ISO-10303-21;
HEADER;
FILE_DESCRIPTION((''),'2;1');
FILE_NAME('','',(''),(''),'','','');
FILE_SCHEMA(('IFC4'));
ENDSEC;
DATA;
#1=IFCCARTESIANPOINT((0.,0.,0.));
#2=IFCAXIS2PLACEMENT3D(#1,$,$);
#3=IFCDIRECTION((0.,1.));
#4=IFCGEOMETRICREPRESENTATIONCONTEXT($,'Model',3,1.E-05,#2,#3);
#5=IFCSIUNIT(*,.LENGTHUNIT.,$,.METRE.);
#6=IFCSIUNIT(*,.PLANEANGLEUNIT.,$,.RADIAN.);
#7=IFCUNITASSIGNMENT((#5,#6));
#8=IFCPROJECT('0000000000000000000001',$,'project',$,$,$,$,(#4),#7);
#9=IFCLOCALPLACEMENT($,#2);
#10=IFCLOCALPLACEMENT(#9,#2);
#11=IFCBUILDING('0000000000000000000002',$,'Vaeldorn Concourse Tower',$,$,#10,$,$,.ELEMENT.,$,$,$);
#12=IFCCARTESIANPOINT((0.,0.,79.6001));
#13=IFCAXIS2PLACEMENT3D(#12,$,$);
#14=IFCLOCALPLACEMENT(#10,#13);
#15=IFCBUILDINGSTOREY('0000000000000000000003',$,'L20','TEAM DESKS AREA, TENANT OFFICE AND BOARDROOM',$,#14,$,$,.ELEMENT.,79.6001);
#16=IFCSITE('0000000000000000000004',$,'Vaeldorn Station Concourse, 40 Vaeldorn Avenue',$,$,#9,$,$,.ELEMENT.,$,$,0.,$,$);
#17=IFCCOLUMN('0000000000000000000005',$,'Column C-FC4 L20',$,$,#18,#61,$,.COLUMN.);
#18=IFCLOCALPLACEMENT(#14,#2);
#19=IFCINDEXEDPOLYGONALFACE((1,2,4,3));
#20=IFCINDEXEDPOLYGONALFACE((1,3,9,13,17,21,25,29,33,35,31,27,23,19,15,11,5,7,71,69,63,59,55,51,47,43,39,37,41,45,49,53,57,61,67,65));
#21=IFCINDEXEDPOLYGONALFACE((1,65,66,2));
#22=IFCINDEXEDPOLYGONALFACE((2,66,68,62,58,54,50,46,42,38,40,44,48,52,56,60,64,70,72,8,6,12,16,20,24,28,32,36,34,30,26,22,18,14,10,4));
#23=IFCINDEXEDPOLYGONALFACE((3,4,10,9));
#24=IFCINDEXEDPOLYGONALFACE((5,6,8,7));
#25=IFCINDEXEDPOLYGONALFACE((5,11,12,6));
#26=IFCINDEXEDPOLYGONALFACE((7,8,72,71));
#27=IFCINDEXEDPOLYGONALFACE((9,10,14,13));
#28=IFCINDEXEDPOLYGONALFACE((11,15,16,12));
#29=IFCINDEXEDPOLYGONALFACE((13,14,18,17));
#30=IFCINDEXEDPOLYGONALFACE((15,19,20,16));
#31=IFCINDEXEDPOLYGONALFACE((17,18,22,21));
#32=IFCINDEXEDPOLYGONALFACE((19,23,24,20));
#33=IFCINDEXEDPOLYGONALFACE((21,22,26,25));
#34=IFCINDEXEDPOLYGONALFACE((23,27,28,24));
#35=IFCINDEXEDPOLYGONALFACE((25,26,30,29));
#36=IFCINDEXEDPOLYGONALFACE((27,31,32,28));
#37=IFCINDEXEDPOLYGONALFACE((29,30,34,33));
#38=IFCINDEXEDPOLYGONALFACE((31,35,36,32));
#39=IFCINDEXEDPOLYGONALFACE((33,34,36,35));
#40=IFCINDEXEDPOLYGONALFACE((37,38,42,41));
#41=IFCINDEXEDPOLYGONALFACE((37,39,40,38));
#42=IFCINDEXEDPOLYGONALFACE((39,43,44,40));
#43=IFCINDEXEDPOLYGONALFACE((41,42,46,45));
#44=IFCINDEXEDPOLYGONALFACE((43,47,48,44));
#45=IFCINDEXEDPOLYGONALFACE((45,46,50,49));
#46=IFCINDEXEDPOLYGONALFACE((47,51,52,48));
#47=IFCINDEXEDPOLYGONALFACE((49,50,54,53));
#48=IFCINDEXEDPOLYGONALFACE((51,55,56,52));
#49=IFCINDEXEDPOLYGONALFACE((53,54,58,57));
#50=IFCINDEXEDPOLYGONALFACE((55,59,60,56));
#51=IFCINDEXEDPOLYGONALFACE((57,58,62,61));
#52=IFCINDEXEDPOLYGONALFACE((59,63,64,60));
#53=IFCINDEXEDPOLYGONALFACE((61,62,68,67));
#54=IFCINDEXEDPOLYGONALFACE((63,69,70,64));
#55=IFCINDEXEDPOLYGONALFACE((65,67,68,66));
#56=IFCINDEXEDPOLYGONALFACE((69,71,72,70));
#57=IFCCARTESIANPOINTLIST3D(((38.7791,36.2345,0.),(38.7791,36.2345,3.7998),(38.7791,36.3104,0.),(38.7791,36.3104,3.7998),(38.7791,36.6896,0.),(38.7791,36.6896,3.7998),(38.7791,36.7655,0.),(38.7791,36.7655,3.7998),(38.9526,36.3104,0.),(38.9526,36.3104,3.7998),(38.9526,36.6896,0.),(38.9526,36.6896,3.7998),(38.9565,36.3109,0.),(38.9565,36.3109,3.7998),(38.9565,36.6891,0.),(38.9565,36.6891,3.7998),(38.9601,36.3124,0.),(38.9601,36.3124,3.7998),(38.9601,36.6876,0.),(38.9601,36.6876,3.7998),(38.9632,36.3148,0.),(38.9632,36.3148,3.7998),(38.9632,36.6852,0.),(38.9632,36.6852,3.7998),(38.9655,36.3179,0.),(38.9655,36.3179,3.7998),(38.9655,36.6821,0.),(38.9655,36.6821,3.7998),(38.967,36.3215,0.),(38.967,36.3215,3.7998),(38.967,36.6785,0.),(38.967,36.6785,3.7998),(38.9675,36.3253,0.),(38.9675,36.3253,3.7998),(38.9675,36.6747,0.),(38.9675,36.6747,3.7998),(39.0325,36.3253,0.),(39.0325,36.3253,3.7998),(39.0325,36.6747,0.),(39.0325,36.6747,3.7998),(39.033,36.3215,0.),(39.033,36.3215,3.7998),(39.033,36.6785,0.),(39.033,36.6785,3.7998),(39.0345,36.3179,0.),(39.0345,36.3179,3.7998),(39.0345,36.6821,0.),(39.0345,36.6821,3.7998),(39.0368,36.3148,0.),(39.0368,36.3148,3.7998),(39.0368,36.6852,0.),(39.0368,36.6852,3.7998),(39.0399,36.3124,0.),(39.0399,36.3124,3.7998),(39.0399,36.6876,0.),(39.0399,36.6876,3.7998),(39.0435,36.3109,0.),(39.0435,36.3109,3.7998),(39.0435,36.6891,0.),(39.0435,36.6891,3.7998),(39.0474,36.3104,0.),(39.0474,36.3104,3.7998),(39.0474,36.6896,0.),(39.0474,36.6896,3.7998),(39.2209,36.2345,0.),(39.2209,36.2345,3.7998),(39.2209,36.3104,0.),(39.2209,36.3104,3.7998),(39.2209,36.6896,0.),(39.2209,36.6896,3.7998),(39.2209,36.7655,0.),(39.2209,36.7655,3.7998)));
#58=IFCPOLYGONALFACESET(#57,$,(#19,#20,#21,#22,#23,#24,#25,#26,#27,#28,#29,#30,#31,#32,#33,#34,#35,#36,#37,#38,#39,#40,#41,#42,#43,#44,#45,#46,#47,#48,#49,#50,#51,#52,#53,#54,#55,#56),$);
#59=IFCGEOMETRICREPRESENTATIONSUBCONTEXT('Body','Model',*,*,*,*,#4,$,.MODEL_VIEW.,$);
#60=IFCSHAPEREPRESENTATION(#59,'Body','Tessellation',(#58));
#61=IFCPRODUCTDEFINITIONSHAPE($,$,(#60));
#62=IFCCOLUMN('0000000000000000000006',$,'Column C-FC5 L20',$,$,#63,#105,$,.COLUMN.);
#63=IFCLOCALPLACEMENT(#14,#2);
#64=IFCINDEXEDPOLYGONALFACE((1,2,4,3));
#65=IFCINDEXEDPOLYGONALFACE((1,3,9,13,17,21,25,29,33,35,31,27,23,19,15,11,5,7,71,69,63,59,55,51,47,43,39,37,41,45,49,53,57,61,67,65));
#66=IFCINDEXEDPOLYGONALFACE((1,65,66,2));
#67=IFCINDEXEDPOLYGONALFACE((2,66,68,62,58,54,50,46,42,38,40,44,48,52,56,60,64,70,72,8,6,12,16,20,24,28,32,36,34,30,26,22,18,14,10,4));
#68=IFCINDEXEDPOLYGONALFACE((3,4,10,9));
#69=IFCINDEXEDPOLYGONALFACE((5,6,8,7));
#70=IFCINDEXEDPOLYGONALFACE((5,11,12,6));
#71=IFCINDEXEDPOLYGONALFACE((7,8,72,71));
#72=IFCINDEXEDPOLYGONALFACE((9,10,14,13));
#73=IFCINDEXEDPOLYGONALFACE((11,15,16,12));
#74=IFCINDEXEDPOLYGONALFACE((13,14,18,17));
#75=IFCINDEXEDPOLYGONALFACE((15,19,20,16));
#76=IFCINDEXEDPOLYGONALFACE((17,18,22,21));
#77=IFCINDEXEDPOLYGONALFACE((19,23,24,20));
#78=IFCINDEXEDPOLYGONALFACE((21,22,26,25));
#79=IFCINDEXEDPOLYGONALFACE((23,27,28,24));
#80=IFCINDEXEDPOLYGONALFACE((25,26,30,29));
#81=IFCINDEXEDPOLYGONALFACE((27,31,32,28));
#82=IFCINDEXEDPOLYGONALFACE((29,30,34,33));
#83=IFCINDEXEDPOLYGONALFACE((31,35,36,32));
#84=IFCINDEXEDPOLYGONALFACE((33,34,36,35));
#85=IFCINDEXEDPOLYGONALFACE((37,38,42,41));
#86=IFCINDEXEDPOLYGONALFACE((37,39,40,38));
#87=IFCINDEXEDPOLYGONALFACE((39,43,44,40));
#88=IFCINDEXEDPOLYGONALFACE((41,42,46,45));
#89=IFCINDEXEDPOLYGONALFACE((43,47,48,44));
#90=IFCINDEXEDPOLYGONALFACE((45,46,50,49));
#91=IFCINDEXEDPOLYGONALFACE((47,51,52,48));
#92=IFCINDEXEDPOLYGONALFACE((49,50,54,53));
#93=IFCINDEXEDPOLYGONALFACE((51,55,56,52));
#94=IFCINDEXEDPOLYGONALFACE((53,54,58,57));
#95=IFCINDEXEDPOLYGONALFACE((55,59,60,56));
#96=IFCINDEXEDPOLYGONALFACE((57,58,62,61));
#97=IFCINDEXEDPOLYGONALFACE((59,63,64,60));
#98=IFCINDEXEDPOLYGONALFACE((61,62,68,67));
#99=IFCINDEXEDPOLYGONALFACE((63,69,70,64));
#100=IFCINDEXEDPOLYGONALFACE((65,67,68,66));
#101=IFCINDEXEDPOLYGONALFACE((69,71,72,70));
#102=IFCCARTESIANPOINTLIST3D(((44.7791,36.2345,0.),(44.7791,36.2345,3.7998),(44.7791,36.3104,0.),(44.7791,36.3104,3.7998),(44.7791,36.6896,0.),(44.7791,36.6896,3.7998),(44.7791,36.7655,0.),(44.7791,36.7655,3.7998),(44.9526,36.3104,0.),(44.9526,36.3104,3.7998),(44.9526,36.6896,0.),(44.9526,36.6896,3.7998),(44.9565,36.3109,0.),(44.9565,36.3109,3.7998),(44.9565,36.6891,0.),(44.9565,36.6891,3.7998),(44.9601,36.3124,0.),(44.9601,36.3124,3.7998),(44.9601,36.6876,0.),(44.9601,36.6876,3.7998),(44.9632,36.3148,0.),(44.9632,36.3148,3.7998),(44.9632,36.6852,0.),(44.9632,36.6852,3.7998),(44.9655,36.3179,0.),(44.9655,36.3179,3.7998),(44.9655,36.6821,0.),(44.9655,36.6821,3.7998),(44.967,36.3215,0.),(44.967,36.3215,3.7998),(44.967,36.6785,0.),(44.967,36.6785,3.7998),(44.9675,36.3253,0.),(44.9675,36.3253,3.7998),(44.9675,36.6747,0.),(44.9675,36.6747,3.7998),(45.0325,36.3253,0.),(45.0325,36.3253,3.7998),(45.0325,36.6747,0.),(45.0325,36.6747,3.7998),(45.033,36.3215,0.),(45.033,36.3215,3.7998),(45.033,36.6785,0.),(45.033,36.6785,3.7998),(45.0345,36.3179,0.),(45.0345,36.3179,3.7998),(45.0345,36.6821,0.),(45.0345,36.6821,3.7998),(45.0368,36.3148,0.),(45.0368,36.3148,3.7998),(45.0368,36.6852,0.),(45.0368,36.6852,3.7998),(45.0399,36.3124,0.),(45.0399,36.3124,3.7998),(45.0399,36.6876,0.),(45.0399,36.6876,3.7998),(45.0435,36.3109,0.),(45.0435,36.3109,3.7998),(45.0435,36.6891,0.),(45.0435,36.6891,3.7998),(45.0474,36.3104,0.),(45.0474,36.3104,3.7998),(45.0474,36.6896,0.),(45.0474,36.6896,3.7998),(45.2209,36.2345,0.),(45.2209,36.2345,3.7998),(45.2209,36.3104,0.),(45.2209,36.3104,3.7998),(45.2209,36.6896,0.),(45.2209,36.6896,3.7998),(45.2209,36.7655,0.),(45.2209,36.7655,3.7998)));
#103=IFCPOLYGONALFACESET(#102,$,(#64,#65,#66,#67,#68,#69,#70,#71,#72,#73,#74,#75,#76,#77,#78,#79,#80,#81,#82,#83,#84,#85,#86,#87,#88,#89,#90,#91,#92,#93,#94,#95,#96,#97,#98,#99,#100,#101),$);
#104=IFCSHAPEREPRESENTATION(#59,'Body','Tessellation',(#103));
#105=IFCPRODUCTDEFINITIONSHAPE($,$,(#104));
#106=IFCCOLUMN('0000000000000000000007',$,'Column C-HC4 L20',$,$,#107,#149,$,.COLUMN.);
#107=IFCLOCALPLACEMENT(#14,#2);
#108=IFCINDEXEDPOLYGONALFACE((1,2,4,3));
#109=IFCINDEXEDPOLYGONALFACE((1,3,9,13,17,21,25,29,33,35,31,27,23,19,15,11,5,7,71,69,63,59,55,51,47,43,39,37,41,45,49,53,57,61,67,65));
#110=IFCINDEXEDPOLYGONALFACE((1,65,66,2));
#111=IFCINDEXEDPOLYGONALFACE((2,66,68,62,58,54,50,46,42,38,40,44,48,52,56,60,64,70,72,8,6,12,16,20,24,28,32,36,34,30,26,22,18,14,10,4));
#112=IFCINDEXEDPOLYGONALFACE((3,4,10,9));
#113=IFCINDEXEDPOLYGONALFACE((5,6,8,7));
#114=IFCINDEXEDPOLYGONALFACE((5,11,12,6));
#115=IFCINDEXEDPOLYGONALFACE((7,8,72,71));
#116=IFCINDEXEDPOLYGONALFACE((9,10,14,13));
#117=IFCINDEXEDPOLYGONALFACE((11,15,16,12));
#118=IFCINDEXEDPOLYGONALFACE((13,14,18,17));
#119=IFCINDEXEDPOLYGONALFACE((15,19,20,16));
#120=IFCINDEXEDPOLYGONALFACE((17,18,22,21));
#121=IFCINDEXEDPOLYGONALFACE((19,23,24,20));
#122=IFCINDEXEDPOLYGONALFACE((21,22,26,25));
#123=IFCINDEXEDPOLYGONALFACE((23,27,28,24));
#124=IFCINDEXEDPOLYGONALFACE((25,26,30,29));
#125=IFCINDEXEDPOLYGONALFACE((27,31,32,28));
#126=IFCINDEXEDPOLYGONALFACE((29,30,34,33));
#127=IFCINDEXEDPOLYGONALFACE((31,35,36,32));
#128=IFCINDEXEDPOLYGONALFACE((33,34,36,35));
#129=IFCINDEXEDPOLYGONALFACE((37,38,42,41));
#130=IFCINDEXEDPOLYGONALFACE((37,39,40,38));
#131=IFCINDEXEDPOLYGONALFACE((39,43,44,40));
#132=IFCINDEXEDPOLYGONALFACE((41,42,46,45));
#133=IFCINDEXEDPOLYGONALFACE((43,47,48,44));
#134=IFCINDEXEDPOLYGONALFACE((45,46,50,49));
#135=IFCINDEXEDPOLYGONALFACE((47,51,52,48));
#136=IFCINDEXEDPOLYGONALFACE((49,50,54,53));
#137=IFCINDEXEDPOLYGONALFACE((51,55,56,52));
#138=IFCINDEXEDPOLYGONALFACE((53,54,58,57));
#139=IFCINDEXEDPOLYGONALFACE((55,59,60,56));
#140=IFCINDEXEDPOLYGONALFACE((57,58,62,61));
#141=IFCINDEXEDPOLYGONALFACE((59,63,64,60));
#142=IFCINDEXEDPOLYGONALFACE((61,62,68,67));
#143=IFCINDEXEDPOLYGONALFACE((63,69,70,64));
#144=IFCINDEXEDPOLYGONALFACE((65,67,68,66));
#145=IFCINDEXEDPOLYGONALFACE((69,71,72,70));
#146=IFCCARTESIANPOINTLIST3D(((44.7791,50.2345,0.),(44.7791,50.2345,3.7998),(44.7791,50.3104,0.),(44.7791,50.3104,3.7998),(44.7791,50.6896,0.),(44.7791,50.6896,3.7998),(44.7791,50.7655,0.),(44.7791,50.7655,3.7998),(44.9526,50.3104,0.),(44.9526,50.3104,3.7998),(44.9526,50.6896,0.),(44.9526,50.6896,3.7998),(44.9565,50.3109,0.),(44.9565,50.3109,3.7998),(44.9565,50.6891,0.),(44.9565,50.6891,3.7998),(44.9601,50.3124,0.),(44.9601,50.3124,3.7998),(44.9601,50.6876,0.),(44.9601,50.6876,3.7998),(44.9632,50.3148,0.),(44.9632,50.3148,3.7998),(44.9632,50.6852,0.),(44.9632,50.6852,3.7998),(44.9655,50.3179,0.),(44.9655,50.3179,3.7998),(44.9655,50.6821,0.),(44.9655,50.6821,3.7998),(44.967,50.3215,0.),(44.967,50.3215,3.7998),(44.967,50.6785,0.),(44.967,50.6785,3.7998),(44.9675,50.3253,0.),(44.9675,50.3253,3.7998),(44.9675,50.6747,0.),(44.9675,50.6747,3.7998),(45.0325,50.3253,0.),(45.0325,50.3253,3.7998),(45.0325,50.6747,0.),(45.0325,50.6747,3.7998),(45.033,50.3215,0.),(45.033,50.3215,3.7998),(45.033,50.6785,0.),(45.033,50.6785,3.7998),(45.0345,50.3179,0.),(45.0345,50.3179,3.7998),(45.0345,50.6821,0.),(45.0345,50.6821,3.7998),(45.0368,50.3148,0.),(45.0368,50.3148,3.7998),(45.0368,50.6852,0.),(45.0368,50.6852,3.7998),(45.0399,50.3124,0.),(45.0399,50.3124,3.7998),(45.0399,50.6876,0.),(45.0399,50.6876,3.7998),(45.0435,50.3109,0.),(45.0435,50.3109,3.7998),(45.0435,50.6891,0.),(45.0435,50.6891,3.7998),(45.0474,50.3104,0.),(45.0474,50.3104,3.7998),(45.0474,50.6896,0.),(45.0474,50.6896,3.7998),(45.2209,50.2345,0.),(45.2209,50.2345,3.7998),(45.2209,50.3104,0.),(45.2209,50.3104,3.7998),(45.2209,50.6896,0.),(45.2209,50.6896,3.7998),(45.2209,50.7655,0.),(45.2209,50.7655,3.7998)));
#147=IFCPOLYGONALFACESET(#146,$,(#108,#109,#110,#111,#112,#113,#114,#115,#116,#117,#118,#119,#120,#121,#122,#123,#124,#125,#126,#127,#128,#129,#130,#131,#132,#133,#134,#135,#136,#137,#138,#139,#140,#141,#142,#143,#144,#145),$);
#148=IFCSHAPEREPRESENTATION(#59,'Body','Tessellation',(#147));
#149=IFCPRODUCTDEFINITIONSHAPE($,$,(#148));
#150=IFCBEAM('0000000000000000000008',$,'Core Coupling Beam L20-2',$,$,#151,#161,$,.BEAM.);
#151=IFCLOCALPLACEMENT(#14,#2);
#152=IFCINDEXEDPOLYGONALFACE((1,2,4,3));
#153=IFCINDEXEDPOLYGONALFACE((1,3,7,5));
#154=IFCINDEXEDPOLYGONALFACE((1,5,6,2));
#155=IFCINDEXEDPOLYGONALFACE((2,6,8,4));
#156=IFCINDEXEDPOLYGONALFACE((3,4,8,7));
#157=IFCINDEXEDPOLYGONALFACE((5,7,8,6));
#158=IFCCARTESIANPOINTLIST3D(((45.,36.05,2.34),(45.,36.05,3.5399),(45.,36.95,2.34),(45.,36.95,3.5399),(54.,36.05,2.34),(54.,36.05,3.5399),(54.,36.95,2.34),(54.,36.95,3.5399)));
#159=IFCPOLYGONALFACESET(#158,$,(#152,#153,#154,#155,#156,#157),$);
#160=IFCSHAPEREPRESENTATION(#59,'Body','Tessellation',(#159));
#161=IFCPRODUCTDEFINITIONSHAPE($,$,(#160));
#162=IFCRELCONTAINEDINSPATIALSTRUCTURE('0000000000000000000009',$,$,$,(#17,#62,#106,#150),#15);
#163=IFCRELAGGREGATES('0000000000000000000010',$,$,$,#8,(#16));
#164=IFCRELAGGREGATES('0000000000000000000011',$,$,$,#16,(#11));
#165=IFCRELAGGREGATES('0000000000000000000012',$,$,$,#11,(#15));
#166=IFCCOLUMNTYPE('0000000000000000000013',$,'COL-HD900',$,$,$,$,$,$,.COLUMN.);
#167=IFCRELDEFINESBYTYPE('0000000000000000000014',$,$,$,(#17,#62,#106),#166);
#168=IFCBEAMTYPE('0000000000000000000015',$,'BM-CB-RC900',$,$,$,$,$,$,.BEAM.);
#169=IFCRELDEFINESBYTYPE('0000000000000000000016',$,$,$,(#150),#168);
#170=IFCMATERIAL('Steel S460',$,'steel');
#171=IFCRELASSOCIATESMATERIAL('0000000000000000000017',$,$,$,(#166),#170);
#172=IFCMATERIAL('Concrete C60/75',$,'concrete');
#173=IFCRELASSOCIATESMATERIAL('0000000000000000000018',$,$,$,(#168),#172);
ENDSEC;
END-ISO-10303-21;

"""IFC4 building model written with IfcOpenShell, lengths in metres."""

from ifc_helpers import new_model, si_unit, direction, frame, origin, origin_2d, place, context, subcontext, project, spatial, rectangle, i_section, extrude, source, transform, mapped, material, material_profile, profile_set, type_object, element, save


model = new_model("IFC4")

# Units and contexts
model_context = context("Model", 3, precision=1e-05, world=origin(), true_north=direction((0.0, 1.0)))
body_context = subcontext(model_context, "Body", "Model", "MODEL_VIEW")
ifc_project = project(units=[si_unit("LENGTHUNIT", "METRE"), si_unit("PLANEANGLEUNIT", "RADIAN")], contexts=[model_context])

# Site, building, storey
site_placement = place(None, origin())
site = spatial("IfcSite", under=ifc_project, at=site_placement, Name="Vaeldorn Station Concourse, 40 Vaeldorn Avenue", CompositionType="ELEMENT", RefElevation=0.0)
building_placement = place(site_placement, origin())
building = spatial("IfcBuilding", under=site, at=building_placement, Name="Vaeldorn Concourse Tower", CompositionType="ELEMENT")
storey_placement = place(building_placement, frame((0.0, 0.0, 79.6001)))
storey = spatial("IfcBuildingStorey", under=building, at=storey_placement, Name="L20", Description="TEAM DESKS AREA, TENANT OFFICE AND BOARDROOM", CompositionType="ELEMENT", Elevation=79.6001)

# Columns
ifc_material_1 = material(Name="Steel S460", Category="steel")
ifc_material_profile_1 = material_profile(ifc_material_1, i_section(OverallWidth=0.4419, OverallDepth=0.531, WebThickness=0.0649, FlangeThickness=0.0759, FilletRadius=0.0149, at=origin_2d()), Name="HD 400x900")
ifc_profile_set_1 = profile_set([ifc_material_profile_1], Name="Steel S460")
column_type = type_object("IfcColumnType", Name="COL-HD900", PredefinedType="COLUMN", material=ifc_profile_set_1)
shared_shape_1 = source(origin(), body_context, "Body", "SweptSolid", [
    extrude(i_section(OverallWidth=0.4419, OverallDepth=0.531, WebThickness=0.0649, FlangeThickness=0.0759, FilletRadius=0.0149, at=origin_2d()), origin(), (0.0, 0.0, 1.0), 3.7998),
])
for number, where, z_axis, x_axis, name in (
    (1, (39.0, 36.5, 0.0), (0.0, 0.0, 1.0), (1.0, 0.0, 0.0), "Column C-FC4 L20"),
    (2, (45.0, 36.5, 0.0), (0.0, 0.0, 1.0), (1.0, 0.0, 0.0), "Column C-FC5 L20"),
    (3, (45.0, 50.5, 0.0), (0.0, 0.0, 1.0), (1.0, 0.0, 0.0), "Column C-HC4 L20"),
):
    element("IfcColumn", number, at=place(storey_placement, frame(where, z_axis=z_axis, x_axis=x_axis)), inside=storey, type_object=column_type, Name=name, PredefinedType="COLUMN", context=body_context, shape_type="MappedRepresentation", body=[
        mapped(shared_shape_1, transform((0.0, 0.0, 0.0), scale=1.0)),
    ])

# Beam
ifc_material_2 = material(Name="Concrete C60/75", Category="concrete")
ifc_material_profile_2 = material_profile(ifc_material_2, rectangle(XDim=0.8999, YDim=1.2, at=origin_2d()), Name="RC 900x1200")
ifc_profile_set_2 = profile_set([ifc_material_profile_2], Name="Concrete C60/75")
beam_type_1 = type_object("IfcBeamType", Name="BM-CB-RC900", PredefinedType="BEAM", material=ifc_profile_set_2)
shared_shape_2 = source(origin(), body_context, "Body", "SweptSolid", [
    extrude(rectangle(XDim=0.8999, YDim=1.2, at=origin_2d()), origin(), (0.0, 0.0, 1.0), 9.0),
])
beam_1_placement = place(storey_placement, frame((45.0, 36.5, 2.9399), z_axis=(1.0, 0.0, 0.0), x_axis=(0.0, 1.0, 0.0)))
element("IfcBeam", 4, at=beam_1_placement, inside=storey, type_object=beam_type_1, Name="Core Coupling Beam L20-2", PredefinedType="BEAM", context=body_context, shape_type="MappedRepresentation", body=[
    mapped(shared_shape_2, transform((0.0, 0.0, 0.0), scale=1.0)),
])

save(model, "model.ifc")
